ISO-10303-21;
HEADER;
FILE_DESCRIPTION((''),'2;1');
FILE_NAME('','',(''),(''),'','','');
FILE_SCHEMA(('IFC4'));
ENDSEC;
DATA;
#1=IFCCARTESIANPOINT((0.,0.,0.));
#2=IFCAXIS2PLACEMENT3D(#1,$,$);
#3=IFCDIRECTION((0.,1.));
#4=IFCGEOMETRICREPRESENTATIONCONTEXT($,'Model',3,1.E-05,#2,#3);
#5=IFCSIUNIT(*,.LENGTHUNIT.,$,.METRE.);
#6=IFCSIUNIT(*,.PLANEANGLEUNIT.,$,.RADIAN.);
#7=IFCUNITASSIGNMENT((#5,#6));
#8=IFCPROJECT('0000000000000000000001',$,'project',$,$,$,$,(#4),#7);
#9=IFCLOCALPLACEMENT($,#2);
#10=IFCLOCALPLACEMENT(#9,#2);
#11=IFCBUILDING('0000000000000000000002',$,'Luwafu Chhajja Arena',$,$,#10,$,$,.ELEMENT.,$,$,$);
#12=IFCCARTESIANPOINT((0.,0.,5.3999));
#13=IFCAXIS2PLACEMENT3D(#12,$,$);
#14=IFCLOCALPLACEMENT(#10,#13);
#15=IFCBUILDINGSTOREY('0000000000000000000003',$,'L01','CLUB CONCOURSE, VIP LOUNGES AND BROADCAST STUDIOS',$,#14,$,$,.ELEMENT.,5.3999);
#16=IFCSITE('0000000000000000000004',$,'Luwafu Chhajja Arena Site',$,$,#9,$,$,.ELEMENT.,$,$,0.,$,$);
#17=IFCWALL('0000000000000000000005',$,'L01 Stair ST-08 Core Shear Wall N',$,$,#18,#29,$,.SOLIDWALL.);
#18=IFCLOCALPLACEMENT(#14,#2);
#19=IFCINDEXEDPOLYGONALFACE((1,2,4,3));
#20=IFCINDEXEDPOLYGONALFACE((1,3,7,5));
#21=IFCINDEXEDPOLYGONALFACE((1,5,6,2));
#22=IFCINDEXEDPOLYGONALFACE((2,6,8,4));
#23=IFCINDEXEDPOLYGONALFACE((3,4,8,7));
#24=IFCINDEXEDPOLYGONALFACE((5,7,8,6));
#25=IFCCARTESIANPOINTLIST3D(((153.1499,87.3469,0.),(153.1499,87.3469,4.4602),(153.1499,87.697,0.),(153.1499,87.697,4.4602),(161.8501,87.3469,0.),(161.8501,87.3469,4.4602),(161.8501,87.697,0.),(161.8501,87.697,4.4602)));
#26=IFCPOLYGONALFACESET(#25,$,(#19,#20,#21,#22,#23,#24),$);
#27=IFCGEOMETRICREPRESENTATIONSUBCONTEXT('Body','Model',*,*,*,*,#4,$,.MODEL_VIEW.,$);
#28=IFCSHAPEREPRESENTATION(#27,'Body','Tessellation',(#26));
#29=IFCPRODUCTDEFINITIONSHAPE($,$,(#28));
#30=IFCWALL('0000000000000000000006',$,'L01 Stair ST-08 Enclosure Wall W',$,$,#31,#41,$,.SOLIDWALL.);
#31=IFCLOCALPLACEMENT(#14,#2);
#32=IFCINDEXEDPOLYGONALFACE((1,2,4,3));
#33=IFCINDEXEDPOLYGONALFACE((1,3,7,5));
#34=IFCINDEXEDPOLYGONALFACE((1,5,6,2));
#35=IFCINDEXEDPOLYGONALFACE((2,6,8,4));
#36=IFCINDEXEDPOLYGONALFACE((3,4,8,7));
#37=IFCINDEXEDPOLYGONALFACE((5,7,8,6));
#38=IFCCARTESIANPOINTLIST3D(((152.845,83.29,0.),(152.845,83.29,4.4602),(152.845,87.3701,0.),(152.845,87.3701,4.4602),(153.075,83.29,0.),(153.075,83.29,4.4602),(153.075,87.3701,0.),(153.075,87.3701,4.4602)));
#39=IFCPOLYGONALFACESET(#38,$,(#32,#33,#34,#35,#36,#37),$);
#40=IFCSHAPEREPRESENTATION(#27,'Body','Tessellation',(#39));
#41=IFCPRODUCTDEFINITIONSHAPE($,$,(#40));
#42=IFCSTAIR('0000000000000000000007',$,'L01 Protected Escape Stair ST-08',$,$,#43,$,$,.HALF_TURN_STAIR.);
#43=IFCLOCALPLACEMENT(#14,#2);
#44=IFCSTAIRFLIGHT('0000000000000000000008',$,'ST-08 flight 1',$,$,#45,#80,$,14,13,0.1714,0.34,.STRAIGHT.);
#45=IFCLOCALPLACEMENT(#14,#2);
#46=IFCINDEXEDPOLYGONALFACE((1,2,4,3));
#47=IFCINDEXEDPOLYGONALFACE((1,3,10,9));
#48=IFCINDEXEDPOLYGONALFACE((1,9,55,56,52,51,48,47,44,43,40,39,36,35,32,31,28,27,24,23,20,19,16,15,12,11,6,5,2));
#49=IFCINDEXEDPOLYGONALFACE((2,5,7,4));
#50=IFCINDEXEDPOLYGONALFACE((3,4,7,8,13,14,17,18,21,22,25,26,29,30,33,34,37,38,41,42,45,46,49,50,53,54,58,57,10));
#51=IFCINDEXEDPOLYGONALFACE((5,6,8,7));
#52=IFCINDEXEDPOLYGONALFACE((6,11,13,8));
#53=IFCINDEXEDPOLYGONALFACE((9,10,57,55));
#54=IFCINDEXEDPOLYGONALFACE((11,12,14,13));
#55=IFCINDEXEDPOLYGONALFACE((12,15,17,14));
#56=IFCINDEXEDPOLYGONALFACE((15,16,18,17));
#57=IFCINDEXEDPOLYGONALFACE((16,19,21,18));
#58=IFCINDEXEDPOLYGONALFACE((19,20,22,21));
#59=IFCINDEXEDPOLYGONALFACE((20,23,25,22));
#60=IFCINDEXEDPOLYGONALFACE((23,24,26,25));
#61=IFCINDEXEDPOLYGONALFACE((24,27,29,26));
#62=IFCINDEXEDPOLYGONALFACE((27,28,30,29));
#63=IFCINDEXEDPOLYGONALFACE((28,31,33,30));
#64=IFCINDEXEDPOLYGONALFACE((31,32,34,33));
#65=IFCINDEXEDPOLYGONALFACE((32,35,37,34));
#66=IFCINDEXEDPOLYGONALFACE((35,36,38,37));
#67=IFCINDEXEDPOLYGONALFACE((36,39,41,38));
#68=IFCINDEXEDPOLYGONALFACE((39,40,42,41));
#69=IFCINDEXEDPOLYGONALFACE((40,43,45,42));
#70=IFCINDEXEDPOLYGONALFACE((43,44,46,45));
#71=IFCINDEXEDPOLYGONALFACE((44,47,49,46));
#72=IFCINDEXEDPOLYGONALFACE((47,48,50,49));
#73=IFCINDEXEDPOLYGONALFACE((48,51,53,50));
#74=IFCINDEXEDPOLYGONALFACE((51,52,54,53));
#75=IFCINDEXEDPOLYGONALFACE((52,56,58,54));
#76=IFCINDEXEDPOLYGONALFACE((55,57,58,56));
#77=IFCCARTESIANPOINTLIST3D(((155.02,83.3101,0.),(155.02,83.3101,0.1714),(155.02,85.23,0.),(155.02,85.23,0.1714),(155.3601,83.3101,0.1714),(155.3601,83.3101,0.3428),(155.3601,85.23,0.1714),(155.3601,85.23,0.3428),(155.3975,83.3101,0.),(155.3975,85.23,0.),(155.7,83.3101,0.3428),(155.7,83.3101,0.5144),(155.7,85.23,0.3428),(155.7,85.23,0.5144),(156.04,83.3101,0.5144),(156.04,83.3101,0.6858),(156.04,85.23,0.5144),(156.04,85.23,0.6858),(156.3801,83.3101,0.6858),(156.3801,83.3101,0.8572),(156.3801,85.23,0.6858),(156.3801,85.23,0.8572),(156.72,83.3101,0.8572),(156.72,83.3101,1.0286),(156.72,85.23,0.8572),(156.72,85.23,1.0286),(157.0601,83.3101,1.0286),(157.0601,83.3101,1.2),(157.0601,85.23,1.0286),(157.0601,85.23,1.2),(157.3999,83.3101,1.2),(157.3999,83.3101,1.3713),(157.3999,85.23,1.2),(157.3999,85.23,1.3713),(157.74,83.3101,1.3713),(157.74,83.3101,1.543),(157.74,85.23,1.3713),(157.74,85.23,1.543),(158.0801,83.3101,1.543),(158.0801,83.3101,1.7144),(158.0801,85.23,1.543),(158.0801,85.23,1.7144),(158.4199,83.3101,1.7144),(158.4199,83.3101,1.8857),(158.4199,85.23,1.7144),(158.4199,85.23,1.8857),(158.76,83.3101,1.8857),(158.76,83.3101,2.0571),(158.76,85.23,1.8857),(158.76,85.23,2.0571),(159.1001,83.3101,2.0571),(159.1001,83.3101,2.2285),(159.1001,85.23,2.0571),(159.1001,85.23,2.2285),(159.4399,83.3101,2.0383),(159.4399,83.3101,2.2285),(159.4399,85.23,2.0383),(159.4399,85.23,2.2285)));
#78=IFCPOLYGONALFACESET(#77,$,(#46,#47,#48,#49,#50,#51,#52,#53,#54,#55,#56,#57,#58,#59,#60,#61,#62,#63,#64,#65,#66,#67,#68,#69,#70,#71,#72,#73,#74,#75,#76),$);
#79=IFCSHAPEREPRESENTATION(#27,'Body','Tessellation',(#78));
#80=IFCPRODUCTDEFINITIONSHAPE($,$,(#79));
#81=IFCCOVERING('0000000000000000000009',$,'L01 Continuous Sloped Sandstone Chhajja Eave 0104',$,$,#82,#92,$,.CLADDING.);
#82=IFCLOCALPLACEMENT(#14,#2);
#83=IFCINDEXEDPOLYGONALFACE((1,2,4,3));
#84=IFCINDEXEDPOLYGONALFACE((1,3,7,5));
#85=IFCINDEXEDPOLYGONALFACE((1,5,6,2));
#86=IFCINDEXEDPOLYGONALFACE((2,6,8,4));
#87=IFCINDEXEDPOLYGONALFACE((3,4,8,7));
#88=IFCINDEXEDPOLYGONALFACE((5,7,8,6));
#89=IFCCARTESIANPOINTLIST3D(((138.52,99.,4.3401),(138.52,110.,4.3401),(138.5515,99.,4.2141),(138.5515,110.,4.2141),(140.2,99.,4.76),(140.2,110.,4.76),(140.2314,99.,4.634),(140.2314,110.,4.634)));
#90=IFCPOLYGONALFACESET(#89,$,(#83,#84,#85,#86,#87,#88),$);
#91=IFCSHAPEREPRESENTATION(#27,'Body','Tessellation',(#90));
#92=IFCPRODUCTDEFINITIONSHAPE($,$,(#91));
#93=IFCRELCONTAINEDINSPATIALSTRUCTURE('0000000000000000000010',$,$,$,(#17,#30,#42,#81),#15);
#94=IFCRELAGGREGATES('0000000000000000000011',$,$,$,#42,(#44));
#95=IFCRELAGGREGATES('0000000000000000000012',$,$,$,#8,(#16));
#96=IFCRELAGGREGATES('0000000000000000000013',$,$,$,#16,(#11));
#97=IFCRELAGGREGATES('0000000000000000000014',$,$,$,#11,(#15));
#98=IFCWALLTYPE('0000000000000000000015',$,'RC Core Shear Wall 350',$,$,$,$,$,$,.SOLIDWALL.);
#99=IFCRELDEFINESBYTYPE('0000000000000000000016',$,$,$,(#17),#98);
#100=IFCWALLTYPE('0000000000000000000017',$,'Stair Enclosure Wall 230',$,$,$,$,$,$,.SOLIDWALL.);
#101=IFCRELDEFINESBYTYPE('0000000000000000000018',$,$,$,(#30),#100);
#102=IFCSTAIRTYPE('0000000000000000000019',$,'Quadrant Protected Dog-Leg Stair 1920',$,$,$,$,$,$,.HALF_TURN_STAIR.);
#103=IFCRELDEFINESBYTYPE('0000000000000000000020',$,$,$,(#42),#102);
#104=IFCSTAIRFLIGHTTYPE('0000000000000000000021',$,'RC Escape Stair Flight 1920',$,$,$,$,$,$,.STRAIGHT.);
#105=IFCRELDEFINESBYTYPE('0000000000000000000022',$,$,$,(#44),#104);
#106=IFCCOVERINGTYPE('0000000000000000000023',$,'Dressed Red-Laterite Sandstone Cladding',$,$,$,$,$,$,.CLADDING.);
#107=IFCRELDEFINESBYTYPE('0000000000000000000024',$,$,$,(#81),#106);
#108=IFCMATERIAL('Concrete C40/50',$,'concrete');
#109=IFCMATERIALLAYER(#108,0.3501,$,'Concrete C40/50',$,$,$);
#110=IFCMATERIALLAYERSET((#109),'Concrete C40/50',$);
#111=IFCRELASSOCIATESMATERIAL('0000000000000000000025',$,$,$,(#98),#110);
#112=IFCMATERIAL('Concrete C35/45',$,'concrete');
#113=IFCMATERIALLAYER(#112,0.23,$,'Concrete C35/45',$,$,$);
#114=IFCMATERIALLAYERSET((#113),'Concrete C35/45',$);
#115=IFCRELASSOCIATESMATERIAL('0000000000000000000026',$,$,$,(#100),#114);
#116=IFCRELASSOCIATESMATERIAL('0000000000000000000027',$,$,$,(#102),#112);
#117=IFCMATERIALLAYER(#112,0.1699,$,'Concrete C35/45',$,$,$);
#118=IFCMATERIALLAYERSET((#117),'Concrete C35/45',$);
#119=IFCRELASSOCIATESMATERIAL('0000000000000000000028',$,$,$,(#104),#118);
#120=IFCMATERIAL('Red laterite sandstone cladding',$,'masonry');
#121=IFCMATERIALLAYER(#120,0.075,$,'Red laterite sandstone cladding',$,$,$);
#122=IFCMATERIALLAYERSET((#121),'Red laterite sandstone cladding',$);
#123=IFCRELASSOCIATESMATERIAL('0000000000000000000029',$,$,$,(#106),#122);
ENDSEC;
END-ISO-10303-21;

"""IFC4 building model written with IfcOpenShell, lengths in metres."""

from ifc_helpers import new_model, si_unit, direction, frame, frame_2d, origin, place, context, subcontext, project, spatial, polyline, rectangle, outline, extrude, material, layer, layer_set, type_object, element, aggregate, save


model = new_model("IFC4")

# Units and contexts
model_context = context("Model", 3, precision=1e-05, world=origin(), true_north=direction((0.0, 1.0)))
body_context = subcontext(model_context, "Body", "Model", "MODEL_VIEW")
ifc_project = project(units=[si_unit("LENGTHUNIT", "METRE"), si_unit("PLANEANGLEUNIT", "RADIAN")], contexts=[model_context])

# Site, building, storey
site_placement = place(None, origin())
site = spatial("IfcSite", under=ifc_project, at=site_placement, Name="Luwafu Chhajja Arena Site", CompositionType="ELEMENT", RefElevation=0.0)
building_placement = place(site_placement, origin())
building = spatial("IfcBuilding", under=site, at=building_placement, Name="Luwafu Chhajja Arena", CompositionType="ELEMENT")
storey_placement = place(building_placement, frame((0.0, 0.0, 5.3999)))
storey = spatial("IfcBuildingStorey", under=building, at=storey_placement, Name="L01", Description="CLUB CONCOURSE, VIP LOUNGES AND BROADCAST STUDIOS", CompositionType="ELEMENT", Elevation=5.3999)

# Shared definitions
ifc_material_1 = material(Name="Concrete C35/45", Category="concrete")

# Shared definitions
ifc_material_2 = material(Name="Concrete C40/50", Category="concrete")

# Shared definitions
ifc_layer_1 = layer(ifc_material_2, 0.3501, Name="Concrete C40/50")
ifc_layer_set_1 = layer_set([ifc_layer_1], Name="Concrete C40/50")
wall_type_1 = type_object("IfcWallType", Name="RC Core Shear Wall 350", PredefinedType="SOLIDWALL", material=ifc_layer_set_1)

# Walls
wall_1_placement = place(storey_placement, frame((153.1499, 87.522, 0.0), z_axis=(0.0, 0.0, 1.0), x_axis=(1.0, 0.0, 0.0)))
element("IfcWall", 1, at=wall_1_placement, inside=storey, type_object=wall_type_1, Name="L01 Stair ST-08 Core Shear Wall N", PredefinedType="SOLIDWALL", context=body_context, shape_type="SweptSolid", body=[
    extrude(rectangle(XDim=8.7002, YDim=0.3501, at=frame_2d((4.3501, 0.0))), origin(), (0.0, 0.0, 1.0), 4.4602),
])
ifc_layer_2 = layer(ifc_material_1, 0.23, Name="Concrete C35/45")
ifc_layer_set_2 = layer_set([ifc_layer_2], Name="Concrete C35/45")
wall_type_2 = type_object("IfcWallType", Name="Stair Enclosure Wall 230", PredefinedType="SOLIDWALL", material=ifc_layer_set_2)
wall_2_placement = place(storey_placement, frame((152.96, 83.29, 0.0), z_axis=(0.0, 0.0, 1.0), x_axis=(0.0, 1.0, 0.0)))
element("IfcWall", 2, at=wall_2_placement, inside=storey, type_object=wall_type_2, Name="L01 Stair ST-08 Enclosure Wall W", PredefinedType="SOLIDWALL", context=body_context, shape_type="SweptSolid", body=[
    extrude(rectangle(XDim=4.0801, YDim=0.23, at=frame_2d((2.04, 0.0))), origin(), (0.0, 0.0, 1.0), 4.4602),
])

# Stair, stair flight
stair_type = type_object("IfcStairType", Name="Quadrant Protected Dog-Leg Stair 1920", PredefinedType="HALF_TURN_STAIR", material=ifc_material_1)
stair_placement = place(storey_placement, origin())
stair = element("IfcStair", 3, at=stair_placement, inside=storey, type_object=stair_type, Name="L01 Protected Escape Stair ST-08", PredefinedType="HALF_TURN_STAIR")
ifc_layer_3 = layer(ifc_material_1, 0.1699, Name="Concrete C35/45")
ifc_layer_set_3 = layer_set([ifc_layer_3], Name="Concrete C35/45")
stair_flight_type = type_object("IfcStairFlightType", Name="RC Escape Stair Flight 1920", PredefinedType="STRAIGHT", material=ifc_layer_set_3)
stair_flight_placement = place(storey_placement, frame((155.02, 84.27, 0.0), z_axis=(0.0, 0.0, 1.0), x_axis=(1.0, 0.0, 0.0)))
stair_flight = element("IfcStairFlight", 4, at=stair_flight_placement, type_object=stair_flight_type, Name="ST-08 flight 1", NumberOfRisers=14, NumberOfTreads=13, PredefinedType="STRAIGHT", RiserHeight=0.1714, TreadLength=0.34, context=body_context, shape_type="SweptSolid", body=[
    extrude(outline(polyline([(0.0, 0.0), (0.0, 0.1714), (0.3401, 0.1714), (0.3401, 0.3428), (0.6799, 0.3428), (0.6799, 0.5144), (1.02, 0.5144), (1.02, 0.6858), (1.3601, 0.6858), (1.3601, 0.8572), (1.7, 0.8572), (1.7, 1.0286), (2.04, 1.0286), (2.04, 1.2), (2.3799, 1.2), (2.3799, 1.3713), (2.72, 1.3713), (2.72, 1.543), (3.0601, 1.543), (3.0601, 1.7144), (3.3999, 1.7144), (3.3999, 1.8857), (3.74, 1.8857), (3.74, 2.0571), (4.0801, 2.0571), (4.0801, 2.2285), (4.4199, 2.2285), (4.4199, 2.3999), (4.4199, 2.0383), (0.3774, 0.0), (0.0, 0.0)])), frame((0.0, 0.96, 0.0), z_axis=(0.0, -1.0, 0.0), x_axis=(1.0, 0.0, 0.0)), (0.0, 0.0, 1.0), 1.9199),
])
aggregate(stair, [stair_flight])

# Covering
ifc_material_3 = material(Name="Red laterite sandstone cladding", Category="masonry")
ifc_layer_4 = layer(ifc_material_3, 0.075, Name="Red laterite sandstone cladding")
ifc_layer_set_4 = layer_set([ifc_layer_4], Name="Red laterite sandstone cladding")
covering_type = type_object("IfcCoveringType", Name="Dressed Red-Laterite Sandstone Cladding", PredefinedType="CLADDING", material=ifc_layer_set_4)
covering_placement = place(storey_placement, frame((140.2, 99.0, 4.76), z_axis=(-0.242502, 0.0, 0.970151), x_axis=(0.0, 1.0, 0.0)))
element("IfcCovering", 5, at=covering_placement, inside=storey, type_object=covering_type, Name="L01 Continuous Sloped Sandstone Chhajja Eave 0104", PredefinedType="CLADDING", context=body_context, shape_type="SweptSolid", body=[
    extrude(outline(polyline([(0.0, 0.0), (11.0, 0.0), (11.0, 1.7316), (0.0, 1.7316), (0.0, 0.0)])), origin(), (0.0, 0.0, -1.0), 0.1299),
])

save(model, "model.ifc")
